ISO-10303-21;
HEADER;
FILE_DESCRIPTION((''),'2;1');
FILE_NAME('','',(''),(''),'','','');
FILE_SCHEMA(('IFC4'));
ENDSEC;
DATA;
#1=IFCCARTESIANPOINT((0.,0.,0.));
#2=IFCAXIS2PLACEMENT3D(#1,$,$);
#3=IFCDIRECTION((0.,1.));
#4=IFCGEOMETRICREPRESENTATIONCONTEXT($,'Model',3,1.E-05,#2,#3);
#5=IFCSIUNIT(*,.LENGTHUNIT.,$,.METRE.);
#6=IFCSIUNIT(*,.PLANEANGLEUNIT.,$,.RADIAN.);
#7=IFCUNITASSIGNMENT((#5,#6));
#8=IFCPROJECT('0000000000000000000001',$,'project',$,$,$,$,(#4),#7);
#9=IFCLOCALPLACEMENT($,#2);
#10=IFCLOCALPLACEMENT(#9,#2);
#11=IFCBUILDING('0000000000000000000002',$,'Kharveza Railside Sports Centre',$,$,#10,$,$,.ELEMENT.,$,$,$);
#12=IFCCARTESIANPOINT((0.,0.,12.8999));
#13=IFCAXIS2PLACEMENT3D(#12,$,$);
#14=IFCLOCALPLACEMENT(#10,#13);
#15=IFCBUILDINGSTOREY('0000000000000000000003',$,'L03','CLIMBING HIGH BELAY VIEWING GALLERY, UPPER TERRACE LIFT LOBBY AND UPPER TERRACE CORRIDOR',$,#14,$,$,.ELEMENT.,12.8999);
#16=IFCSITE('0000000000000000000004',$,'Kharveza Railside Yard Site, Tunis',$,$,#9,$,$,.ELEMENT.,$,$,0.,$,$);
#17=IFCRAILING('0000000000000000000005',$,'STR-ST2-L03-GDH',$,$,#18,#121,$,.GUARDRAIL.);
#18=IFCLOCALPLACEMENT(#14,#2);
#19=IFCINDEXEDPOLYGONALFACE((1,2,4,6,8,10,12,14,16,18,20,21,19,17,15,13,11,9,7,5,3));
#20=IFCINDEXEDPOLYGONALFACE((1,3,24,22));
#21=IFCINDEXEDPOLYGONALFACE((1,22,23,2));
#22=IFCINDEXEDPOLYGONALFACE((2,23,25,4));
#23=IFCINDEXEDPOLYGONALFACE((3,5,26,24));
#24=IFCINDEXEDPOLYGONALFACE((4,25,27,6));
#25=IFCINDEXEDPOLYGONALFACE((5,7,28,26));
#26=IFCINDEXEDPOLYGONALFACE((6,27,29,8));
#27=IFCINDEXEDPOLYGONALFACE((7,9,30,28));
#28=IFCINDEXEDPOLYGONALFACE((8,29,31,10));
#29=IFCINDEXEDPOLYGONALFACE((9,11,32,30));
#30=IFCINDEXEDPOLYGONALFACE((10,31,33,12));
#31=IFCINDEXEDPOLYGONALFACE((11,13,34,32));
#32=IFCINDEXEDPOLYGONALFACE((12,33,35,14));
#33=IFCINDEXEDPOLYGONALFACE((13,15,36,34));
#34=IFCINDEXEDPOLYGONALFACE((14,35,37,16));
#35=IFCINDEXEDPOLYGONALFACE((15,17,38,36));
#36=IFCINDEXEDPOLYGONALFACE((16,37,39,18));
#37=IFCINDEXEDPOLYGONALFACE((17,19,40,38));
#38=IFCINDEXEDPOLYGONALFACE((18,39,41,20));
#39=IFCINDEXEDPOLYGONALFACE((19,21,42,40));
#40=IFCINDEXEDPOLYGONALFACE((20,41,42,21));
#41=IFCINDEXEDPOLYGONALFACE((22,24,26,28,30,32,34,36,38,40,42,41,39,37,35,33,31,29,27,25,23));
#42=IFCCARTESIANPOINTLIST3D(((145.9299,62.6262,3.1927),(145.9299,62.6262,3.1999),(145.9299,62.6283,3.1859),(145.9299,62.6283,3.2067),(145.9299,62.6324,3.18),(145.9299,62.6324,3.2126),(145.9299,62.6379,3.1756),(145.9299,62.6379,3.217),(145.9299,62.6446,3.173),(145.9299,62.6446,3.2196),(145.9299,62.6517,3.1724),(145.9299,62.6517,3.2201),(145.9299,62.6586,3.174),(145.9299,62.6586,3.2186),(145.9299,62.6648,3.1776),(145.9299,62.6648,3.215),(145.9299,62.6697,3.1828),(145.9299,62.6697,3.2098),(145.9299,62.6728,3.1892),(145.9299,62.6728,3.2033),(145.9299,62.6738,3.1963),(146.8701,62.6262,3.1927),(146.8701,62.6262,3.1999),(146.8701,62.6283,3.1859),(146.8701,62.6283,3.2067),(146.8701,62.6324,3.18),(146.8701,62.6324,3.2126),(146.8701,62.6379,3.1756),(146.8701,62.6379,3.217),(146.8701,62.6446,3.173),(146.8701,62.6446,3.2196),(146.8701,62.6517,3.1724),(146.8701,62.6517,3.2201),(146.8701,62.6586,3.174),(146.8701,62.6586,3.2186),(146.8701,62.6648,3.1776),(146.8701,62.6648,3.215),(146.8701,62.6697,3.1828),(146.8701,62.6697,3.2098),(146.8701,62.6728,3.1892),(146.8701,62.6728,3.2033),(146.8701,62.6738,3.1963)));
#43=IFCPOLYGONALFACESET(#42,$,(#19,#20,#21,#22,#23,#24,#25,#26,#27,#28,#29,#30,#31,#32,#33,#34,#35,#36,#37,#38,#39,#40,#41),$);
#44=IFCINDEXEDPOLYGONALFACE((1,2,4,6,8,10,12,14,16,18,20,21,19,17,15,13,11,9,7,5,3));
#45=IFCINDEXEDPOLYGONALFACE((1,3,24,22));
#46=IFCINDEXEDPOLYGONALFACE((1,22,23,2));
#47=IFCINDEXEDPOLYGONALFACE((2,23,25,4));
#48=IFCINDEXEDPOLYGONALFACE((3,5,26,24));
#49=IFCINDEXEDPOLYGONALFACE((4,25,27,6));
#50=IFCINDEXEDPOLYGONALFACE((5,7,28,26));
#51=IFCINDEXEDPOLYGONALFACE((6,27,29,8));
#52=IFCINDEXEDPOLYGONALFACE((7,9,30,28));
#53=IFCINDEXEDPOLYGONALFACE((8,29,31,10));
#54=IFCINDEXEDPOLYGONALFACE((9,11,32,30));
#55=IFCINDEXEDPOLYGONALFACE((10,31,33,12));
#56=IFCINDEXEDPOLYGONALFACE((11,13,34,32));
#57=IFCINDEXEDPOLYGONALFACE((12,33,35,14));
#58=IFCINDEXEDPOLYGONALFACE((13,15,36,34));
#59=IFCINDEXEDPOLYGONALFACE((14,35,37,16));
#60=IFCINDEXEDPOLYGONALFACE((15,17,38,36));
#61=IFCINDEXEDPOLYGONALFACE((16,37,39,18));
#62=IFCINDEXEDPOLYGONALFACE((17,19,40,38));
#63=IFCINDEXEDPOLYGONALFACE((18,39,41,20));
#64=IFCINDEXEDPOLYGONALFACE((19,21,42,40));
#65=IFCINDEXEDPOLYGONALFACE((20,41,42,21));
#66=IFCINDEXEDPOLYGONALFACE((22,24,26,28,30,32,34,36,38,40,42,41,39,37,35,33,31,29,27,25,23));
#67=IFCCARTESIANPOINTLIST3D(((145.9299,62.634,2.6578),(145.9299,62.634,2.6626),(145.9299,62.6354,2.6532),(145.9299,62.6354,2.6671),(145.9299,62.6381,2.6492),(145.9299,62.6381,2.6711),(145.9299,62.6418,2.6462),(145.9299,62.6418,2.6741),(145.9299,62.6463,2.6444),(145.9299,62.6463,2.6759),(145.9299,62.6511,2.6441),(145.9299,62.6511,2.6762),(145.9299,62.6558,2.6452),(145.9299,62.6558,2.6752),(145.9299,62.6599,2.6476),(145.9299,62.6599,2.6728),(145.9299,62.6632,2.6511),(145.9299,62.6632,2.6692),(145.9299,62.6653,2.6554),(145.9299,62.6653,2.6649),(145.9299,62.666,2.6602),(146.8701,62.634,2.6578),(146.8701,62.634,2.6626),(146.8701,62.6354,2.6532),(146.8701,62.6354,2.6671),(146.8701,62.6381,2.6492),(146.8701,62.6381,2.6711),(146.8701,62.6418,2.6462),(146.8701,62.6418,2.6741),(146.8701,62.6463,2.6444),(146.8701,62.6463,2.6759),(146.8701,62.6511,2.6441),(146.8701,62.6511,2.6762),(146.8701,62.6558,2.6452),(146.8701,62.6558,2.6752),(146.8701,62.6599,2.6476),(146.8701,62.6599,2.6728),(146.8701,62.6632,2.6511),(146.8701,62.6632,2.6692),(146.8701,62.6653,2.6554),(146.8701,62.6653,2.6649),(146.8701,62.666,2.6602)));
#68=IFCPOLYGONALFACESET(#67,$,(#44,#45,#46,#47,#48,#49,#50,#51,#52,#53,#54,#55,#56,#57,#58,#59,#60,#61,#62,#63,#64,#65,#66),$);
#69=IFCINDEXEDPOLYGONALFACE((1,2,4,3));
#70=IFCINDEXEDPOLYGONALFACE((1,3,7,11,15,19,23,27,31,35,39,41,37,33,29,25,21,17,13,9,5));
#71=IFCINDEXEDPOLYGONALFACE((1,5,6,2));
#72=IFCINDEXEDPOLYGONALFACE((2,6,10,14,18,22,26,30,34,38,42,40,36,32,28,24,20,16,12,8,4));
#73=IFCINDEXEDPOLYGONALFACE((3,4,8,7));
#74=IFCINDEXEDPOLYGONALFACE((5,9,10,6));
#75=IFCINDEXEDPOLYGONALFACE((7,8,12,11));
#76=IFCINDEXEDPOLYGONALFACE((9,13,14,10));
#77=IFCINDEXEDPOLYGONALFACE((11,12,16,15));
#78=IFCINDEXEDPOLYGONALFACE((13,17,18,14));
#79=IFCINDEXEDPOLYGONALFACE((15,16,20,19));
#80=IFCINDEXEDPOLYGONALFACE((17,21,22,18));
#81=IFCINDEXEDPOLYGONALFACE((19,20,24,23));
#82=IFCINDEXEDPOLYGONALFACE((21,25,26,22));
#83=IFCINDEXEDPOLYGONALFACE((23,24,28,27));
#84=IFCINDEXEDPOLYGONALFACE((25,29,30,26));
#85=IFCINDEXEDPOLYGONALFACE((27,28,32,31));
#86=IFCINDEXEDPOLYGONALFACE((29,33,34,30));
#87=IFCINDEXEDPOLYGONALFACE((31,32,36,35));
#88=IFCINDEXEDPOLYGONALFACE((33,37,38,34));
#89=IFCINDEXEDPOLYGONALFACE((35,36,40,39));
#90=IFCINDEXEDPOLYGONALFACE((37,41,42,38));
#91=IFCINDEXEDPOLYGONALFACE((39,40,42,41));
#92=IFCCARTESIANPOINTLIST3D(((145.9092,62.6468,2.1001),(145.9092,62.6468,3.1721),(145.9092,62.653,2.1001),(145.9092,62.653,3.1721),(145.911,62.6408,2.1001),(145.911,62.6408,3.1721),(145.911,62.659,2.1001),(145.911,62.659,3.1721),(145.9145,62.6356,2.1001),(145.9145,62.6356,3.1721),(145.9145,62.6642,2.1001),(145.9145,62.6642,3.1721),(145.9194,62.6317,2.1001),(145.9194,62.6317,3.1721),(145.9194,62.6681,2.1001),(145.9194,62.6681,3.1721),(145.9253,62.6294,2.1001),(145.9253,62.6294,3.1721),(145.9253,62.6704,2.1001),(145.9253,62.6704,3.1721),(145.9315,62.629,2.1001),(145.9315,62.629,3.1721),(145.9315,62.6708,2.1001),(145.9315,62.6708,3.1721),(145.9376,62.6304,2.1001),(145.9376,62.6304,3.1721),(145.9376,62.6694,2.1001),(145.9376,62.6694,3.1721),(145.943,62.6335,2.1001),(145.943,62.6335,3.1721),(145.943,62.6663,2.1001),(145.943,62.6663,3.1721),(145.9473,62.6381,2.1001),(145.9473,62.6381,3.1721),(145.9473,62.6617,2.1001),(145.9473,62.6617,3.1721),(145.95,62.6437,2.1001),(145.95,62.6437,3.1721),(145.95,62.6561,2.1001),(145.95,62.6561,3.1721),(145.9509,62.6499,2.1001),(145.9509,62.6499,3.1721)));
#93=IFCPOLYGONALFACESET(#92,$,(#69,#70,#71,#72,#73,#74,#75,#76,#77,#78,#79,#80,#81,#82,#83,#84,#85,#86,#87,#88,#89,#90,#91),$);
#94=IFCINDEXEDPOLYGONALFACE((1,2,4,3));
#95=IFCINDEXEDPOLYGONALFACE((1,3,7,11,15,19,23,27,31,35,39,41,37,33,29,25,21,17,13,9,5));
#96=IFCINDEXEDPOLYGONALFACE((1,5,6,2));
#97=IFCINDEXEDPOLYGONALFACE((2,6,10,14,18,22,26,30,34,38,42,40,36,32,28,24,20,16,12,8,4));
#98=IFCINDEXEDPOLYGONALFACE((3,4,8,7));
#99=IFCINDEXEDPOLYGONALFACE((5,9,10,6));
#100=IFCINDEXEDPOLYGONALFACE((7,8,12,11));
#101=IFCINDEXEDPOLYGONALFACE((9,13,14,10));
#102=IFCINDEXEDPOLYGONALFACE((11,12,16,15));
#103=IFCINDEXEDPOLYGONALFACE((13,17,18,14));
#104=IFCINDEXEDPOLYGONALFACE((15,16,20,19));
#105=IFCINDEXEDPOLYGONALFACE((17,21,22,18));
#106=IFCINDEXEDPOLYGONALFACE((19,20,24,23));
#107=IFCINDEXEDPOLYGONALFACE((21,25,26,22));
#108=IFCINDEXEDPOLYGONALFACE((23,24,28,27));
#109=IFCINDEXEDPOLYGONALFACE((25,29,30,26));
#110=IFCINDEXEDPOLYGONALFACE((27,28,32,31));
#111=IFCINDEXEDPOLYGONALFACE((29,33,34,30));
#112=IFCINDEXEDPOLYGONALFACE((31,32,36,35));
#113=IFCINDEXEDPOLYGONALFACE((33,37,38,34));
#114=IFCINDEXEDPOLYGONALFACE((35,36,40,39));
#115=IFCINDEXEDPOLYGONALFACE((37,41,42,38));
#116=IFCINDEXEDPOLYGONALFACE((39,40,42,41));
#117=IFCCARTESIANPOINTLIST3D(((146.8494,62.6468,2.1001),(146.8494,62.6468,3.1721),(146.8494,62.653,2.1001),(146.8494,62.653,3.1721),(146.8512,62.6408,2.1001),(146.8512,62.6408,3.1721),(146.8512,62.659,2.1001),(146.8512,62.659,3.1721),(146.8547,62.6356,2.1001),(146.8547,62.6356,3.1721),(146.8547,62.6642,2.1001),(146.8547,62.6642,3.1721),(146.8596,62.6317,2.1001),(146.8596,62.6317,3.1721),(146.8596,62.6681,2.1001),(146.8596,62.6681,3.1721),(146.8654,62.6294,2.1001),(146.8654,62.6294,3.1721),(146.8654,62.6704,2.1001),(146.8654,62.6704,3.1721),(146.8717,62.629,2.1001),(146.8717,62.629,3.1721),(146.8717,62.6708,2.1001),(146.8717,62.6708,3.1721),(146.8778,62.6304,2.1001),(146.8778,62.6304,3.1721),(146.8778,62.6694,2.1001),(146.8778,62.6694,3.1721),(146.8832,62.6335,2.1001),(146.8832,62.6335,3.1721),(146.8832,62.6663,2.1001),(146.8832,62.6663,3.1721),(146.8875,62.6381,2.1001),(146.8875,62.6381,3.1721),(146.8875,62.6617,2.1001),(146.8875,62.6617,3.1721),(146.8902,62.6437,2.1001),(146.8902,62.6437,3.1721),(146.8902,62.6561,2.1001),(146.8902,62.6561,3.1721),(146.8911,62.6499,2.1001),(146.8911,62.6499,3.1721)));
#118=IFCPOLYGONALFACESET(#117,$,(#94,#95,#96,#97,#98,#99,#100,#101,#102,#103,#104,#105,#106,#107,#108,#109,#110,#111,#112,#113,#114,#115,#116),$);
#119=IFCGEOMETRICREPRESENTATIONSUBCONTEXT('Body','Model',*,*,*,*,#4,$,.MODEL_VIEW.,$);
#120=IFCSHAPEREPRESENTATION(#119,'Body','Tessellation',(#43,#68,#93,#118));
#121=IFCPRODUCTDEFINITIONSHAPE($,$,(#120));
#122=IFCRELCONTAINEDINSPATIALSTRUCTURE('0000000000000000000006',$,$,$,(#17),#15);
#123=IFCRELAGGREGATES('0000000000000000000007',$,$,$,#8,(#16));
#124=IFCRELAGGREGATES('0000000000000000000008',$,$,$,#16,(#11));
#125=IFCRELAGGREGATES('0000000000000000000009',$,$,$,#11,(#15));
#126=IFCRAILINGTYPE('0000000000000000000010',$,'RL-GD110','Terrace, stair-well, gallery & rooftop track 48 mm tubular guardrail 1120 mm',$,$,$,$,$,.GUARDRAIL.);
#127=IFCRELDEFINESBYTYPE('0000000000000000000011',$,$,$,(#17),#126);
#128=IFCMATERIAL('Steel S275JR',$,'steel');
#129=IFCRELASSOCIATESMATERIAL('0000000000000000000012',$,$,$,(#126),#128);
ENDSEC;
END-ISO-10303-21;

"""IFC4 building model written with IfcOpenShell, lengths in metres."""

from ifc_helpers import new_model, si_unit, direction, frame, origin, origin_2d, place, context, subcontext, project, spatial, circle, extrude, material, type_object, element, save


model = new_model("IFC4")

# Units and contexts
model_context = context("Model", 3, precision=1e-05, world=origin(), true_north=direction((0.0, 1.0)))
body_context = subcontext(model_context, "Body", "Model", "MODEL_VIEW")
ifc_project = project(units=[si_unit("LENGTHUNIT", "METRE"), si_unit("PLANEANGLEUNIT", "RADIAN")], contexts=[model_context])

# Site, building, storey
site_placement = place(None, origin())
site = spatial("IfcSite", under=ifc_project, at=site_placement, Name="Kharveza Railside Yard Site, Tunis", CompositionType="ELEMENT", RefElevation=0.0)
building_placement = place(site_placement, origin())
building = spatial("IfcBuilding", under=site, at=building_placement, Name="Kharveza Railside Sports Centre", CompositionType="ELEMENT")
storey_placement = place(building_placement, frame((0.0, 0.0, 12.8999)))
storey = spatial("IfcBuildingStorey", under=building, at=storey_placement, Name="L03", Description="CLIMBING HIGH BELAY VIEWING GALLERY, UPPER TERRACE LIFT LOBBY AND UPPER TERRACE CORRIDOR", CompositionType="ELEMENT", Elevation=12.8999)

# Railing
ifc_material_1 = material(Name="Steel S275JR", Category="steel")
railing_type_1 = type_object("IfcRailingType", Name="RL-GD110", Description="Terrace, stair-well, gallery & rooftop track 48 mm tubular guardrail 1120 mm", PredefinedType="GUARDRAIL", material=ifc_material_1)
railing_1_placement = place(storey_placement, frame((145.9299, 62.6499, 2.1001)))
element("IfcRailing", 1, at=railing_1_placement, inside=storey, type_object=railing_type_1, Name="STR-ST2-L03-GDH", PredefinedType="GUARDRAIL", context=body_context, shape_type="SweptSolid", body=[
    extrude(circle(Radius=0.0239, at=origin_2d()), frame((0.0, 0.0, 1.0962), z_axis=(1.0, 0.0, 0.0), x_axis=(0.0, 1.0, 0.0)), (0.0, 0.0, 1.0), 0.9402),
    extrude(circle(Radius=0.0161, at=origin_2d()), frame((0.0, 0.0, 0.5601), z_axis=(1.0, 0.0, 0.0), x_axis=(0.0, 1.0, 0.0)), (0.0, 0.0, 1.0), 0.9402),
    extrude(circle(Radius=0.021, at=origin_2d()), origin(), (0.0, 0.0, 1.0), 1.072),
    extrude(circle(Radius=0.021, at=origin_2d()), frame((0.9402, 0.0, 0.0)), (0.0, 0.0, 1.0), 1.072),
])

save(model, "model.ifc")
